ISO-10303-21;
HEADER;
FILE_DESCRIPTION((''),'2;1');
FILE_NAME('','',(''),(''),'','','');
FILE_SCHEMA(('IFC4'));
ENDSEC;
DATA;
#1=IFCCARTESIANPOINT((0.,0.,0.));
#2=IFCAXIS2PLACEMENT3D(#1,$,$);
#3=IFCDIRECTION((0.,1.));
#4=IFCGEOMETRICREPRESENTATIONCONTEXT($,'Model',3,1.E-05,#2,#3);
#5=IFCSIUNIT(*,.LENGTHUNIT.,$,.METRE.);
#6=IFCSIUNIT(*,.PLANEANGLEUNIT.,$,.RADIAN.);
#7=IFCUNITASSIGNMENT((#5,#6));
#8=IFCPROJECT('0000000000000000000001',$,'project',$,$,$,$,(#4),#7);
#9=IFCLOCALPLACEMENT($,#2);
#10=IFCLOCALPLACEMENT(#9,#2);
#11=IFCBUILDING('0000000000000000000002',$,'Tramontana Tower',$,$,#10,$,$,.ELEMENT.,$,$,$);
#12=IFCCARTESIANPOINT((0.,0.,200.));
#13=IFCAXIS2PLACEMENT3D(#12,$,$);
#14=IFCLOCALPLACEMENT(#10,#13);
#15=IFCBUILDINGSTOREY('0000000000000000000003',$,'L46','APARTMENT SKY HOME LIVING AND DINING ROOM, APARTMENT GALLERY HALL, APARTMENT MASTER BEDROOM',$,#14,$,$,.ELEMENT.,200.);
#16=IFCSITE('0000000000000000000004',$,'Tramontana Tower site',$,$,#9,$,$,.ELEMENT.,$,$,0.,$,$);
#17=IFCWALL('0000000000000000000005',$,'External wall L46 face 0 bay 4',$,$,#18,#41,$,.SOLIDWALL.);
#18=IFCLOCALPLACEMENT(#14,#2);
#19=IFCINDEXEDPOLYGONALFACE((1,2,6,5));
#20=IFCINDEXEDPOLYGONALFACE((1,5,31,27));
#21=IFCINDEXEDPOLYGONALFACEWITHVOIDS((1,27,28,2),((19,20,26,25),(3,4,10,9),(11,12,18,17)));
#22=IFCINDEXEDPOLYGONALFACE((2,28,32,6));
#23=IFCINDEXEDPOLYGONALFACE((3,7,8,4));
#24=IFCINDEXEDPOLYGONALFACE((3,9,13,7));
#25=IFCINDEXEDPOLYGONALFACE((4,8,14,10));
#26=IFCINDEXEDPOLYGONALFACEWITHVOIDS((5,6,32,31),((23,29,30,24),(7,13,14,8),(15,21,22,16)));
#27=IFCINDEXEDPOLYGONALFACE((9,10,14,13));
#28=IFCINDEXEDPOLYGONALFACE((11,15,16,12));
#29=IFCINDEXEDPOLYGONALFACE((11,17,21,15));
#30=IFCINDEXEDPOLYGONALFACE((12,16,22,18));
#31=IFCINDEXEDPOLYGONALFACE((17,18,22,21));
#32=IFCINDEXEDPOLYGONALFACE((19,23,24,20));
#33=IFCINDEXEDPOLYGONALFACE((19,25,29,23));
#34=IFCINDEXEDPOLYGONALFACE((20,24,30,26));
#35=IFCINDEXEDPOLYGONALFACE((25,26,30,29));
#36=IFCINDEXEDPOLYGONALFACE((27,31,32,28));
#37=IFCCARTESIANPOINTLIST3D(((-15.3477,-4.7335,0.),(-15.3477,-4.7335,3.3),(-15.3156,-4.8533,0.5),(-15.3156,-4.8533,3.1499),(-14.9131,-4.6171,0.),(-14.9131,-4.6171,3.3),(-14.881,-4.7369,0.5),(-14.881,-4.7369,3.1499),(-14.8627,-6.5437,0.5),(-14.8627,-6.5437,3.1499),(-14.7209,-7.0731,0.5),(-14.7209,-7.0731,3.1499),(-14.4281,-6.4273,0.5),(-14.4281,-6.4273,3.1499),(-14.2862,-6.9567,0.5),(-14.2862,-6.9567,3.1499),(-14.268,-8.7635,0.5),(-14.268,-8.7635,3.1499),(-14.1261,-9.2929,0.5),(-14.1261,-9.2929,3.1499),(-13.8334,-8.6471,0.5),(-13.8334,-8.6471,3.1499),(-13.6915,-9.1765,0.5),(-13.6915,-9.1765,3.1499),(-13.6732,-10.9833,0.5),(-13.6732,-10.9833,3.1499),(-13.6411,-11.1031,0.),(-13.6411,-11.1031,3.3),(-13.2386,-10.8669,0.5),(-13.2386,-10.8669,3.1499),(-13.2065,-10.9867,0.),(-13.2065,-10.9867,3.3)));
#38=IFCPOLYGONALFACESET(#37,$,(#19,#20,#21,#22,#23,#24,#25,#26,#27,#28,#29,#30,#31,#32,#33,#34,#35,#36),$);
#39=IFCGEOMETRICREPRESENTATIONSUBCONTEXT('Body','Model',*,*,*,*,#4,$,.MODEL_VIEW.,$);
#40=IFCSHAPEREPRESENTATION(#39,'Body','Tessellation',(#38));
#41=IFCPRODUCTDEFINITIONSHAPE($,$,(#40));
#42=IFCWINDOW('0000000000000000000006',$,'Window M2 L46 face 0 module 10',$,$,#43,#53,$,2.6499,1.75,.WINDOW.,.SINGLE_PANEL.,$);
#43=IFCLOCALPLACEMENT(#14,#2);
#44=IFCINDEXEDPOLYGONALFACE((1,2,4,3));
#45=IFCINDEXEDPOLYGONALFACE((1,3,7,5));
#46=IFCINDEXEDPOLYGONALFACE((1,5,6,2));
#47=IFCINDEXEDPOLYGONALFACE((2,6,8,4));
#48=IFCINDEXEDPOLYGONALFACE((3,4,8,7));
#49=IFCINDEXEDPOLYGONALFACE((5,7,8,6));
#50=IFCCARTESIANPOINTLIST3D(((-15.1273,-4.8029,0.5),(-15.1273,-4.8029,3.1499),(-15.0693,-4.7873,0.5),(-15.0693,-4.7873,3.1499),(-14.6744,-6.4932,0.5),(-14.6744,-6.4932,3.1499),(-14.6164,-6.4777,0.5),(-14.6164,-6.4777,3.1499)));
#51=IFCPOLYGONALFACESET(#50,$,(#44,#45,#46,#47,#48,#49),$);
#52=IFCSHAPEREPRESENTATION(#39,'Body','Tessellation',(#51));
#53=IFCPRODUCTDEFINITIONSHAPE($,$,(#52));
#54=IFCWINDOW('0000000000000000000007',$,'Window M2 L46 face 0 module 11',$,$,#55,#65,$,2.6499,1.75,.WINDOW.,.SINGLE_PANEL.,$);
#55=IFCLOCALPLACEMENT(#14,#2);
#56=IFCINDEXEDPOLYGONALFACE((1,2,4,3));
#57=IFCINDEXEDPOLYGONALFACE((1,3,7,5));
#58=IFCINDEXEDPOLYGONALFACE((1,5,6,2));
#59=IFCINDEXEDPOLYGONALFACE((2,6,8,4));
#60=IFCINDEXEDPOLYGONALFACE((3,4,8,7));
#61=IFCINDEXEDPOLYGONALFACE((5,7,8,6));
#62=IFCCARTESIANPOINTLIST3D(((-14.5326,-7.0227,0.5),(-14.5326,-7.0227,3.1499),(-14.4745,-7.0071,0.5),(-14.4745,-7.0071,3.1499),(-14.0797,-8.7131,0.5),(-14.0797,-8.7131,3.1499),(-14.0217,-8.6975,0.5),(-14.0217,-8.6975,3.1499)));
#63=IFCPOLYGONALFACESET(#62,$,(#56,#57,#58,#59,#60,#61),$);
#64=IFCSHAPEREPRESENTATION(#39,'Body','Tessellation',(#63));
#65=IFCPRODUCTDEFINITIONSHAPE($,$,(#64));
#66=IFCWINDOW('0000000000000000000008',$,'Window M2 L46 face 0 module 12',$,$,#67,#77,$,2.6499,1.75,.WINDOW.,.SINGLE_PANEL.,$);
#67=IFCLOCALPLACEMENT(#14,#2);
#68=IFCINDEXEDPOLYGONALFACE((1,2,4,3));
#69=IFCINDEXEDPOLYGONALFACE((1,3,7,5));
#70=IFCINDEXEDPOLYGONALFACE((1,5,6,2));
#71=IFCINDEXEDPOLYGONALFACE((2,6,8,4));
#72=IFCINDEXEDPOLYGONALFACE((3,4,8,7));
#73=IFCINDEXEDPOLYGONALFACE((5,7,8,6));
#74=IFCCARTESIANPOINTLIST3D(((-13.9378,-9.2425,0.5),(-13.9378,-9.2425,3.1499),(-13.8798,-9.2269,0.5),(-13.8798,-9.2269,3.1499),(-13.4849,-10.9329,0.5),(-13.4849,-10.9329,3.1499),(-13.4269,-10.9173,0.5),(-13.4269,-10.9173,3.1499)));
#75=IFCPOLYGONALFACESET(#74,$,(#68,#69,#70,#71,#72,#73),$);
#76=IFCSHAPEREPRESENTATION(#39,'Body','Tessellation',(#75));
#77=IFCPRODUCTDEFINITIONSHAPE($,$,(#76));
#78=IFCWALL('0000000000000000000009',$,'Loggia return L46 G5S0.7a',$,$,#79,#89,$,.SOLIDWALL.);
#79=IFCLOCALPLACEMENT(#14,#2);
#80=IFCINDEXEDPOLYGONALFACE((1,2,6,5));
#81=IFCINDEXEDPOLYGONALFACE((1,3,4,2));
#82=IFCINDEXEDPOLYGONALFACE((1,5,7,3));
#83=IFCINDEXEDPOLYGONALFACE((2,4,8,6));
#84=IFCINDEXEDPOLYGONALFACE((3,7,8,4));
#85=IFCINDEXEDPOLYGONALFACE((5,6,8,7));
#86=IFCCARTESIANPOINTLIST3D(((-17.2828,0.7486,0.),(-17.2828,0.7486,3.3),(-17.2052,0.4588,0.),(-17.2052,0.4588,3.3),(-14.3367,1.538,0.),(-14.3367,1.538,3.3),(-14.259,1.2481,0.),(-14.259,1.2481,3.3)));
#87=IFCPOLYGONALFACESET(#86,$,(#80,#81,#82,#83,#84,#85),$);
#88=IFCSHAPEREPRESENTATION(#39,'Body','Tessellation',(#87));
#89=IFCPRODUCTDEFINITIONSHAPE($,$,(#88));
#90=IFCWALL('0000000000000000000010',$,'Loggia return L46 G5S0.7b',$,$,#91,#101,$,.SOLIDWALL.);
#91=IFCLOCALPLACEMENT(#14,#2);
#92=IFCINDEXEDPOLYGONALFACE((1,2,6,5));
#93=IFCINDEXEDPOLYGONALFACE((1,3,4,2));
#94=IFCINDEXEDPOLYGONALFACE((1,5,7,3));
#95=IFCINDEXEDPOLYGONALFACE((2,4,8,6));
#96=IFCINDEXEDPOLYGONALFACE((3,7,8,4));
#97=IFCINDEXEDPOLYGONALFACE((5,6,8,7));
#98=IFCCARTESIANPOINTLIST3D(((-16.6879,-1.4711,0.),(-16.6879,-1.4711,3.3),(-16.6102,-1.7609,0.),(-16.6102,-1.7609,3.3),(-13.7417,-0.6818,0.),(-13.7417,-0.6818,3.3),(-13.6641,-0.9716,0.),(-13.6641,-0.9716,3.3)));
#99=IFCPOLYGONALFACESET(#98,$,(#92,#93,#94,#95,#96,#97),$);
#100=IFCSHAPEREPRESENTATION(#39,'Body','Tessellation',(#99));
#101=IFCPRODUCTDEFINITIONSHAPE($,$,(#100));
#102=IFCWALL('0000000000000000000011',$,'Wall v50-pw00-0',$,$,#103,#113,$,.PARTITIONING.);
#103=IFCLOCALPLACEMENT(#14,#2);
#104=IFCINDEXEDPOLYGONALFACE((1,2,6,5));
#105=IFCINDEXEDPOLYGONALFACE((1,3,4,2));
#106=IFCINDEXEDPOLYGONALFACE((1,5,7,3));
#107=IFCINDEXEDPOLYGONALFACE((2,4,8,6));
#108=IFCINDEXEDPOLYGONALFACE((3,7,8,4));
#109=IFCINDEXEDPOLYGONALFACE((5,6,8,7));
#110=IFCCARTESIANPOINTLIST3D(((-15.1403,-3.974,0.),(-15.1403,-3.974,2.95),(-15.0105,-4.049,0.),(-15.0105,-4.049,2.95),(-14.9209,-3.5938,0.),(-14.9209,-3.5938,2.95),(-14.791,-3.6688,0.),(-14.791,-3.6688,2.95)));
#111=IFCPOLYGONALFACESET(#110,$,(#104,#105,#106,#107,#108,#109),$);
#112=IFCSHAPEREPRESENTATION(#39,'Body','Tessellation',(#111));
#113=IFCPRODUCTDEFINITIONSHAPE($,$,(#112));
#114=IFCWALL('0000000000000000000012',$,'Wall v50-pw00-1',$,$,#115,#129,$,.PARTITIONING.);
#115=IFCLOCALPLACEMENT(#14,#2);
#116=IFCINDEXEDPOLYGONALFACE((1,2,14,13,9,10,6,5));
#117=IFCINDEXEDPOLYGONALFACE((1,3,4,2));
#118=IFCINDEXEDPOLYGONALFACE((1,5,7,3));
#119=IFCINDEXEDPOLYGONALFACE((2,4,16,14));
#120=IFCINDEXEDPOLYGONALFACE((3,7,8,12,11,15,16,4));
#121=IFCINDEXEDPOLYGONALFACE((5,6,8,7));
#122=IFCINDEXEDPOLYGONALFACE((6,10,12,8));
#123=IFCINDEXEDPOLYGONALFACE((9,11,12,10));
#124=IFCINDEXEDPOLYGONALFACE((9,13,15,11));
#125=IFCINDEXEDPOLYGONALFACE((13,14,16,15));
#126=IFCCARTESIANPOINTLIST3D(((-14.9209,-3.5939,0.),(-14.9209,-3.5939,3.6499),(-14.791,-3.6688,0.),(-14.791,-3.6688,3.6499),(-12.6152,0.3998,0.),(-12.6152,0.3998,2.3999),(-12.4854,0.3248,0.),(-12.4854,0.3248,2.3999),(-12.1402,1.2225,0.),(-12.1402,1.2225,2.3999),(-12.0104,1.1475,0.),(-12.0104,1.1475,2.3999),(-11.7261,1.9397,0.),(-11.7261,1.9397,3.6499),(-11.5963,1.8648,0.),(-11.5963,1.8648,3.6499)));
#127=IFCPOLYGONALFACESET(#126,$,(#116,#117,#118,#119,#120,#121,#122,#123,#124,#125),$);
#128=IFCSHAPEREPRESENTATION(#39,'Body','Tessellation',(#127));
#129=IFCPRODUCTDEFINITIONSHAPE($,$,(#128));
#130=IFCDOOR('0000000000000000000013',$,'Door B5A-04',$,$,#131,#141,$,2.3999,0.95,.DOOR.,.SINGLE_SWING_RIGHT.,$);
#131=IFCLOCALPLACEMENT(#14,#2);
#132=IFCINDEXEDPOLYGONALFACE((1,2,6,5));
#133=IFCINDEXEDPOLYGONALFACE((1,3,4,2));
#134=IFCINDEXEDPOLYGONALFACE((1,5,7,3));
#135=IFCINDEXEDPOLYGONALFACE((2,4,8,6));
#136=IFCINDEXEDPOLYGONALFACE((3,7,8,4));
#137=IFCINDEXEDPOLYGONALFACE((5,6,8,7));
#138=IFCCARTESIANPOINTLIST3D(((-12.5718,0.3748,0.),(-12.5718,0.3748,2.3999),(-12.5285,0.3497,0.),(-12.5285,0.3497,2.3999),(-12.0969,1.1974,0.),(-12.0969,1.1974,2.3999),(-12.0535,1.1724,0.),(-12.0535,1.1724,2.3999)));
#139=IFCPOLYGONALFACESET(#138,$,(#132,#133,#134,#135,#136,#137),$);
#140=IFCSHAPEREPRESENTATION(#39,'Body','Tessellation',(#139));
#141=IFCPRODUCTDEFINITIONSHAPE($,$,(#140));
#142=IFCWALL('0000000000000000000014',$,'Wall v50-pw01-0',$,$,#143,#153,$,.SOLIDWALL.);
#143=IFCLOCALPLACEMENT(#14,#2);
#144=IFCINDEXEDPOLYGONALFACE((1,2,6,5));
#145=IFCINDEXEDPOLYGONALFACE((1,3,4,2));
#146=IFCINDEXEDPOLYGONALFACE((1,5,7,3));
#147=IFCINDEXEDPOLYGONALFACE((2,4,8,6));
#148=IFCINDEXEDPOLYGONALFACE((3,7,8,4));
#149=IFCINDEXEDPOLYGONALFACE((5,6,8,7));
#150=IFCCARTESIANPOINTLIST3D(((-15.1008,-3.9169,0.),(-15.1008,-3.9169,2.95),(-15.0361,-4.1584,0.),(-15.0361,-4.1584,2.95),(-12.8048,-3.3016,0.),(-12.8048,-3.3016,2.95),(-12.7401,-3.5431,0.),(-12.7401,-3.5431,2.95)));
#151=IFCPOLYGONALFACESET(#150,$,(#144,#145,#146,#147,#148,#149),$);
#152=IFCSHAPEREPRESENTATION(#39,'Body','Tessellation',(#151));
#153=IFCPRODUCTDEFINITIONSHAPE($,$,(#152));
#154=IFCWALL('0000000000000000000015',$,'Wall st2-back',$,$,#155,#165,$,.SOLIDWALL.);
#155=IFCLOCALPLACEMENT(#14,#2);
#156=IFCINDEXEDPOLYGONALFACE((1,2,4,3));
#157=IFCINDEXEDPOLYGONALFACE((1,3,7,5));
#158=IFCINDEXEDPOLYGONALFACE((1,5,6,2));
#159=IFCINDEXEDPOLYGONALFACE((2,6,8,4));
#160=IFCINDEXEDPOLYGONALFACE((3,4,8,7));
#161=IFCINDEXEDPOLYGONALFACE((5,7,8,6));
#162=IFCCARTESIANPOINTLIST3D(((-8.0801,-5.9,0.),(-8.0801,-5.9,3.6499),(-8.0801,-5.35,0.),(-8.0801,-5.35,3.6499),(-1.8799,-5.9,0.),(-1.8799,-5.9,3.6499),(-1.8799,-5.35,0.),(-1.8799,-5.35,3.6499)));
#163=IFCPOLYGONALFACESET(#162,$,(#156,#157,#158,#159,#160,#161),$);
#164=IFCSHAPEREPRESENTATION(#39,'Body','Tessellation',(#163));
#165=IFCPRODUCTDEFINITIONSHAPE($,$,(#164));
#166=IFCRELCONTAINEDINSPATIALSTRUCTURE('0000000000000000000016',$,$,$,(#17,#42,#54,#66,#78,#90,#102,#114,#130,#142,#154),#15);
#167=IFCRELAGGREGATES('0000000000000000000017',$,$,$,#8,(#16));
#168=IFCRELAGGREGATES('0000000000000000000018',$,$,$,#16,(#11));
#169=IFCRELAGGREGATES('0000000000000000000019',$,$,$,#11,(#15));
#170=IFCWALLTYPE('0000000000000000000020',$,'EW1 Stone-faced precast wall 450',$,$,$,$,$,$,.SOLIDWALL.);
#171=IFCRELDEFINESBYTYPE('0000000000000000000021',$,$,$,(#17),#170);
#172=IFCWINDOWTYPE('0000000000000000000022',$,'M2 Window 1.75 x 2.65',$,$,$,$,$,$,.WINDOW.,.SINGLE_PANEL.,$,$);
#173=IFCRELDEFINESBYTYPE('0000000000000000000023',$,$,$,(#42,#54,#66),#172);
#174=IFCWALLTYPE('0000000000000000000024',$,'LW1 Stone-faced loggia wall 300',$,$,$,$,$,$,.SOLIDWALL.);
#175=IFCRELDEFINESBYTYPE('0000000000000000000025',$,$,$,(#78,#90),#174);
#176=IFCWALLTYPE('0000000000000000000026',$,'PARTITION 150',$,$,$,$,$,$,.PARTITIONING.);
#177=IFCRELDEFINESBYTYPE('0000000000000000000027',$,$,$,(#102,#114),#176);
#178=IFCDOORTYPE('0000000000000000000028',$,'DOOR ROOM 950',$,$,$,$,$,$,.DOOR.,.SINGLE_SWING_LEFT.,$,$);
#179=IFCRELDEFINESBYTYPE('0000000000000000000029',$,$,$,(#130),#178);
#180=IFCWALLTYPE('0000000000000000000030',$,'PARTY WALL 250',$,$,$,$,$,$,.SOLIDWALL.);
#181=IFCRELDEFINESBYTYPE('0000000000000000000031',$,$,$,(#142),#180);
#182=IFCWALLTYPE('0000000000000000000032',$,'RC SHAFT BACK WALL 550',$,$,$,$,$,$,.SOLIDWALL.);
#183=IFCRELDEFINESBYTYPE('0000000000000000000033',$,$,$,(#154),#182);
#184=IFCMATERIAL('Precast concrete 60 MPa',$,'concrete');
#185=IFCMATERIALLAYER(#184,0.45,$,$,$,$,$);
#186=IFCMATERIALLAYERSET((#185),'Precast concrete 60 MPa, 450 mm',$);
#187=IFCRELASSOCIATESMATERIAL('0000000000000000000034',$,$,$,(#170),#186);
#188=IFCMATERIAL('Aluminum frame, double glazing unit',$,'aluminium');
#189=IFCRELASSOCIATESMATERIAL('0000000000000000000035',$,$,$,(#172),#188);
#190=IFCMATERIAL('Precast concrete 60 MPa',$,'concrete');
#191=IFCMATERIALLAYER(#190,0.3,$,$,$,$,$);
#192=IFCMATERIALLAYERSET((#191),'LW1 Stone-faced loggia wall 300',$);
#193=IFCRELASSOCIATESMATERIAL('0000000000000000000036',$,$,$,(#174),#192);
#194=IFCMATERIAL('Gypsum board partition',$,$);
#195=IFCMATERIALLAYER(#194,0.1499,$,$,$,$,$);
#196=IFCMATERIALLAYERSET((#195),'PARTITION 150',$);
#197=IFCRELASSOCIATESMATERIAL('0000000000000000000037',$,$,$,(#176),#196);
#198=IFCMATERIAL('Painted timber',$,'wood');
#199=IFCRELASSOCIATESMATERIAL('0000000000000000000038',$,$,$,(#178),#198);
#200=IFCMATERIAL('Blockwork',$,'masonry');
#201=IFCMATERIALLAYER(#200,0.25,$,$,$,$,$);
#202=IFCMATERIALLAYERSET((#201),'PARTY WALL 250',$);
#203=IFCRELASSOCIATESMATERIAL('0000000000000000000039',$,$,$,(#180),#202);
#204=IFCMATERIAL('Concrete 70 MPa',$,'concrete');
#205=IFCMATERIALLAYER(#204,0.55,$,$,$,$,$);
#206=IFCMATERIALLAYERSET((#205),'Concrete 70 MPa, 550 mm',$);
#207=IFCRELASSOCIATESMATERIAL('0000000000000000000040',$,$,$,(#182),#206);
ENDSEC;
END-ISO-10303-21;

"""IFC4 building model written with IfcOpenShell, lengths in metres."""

from ifc_helpers import new_model, si_unit, direction, frame, frame_2d, origin, place, context, subcontext, project, spatial, rectangle, extrude, material, layer, layer_set, type_object, element, fill, save


model = new_model("IFC4")

# Units and contexts
model_context = context("Model", 3, precision=1e-05, world=origin(), true_north=direction((0.0, 1.0)))
body_context = subcontext(model_context, "Body", "Model", "MODEL_VIEW")
ifc_project = project(units=[si_unit("LENGTHUNIT", "METRE"), si_unit("PLANEANGLEUNIT", "RADIAN")], contexts=[model_context])

# Site, building, storey
site_placement = place(None, origin())
site = spatial("IfcSite", under=ifc_project, at=site_placement, Name="Tramontana Tower site", CompositionType="ELEMENT", RefElevation=0.0)
building_placement = place(site_placement, origin())
building = spatial("IfcBuilding", under=site, at=building_placement, Name="Tramontana Tower", CompositionType="ELEMENT")
storey_placement = place(building_placement, frame((0.0, 0.0, 200.0)))
storey = spatial("IfcBuildingStorey", under=building, at=storey_placement, Name="L46", Description="APARTMENT SKY HOME LIVING AND DINING ROOM, APARTMENT GALLERY HALL, APARTMENT MASTER BEDROOM", CompositionType="ELEMENT", Elevation=200.0)

# Shared definitions
ifc_material_1 = material(Name="Precast concrete 60 MPa", Category="concrete")
ifc_layer_1 = layer(ifc_material_1, 0.45)
ifc_layer_set_1 = layer_set([ifc_layer_1], Name="Precast concrete 60 MPa, 450 mm")
wall_type_1 = type_object("IfcWallType", Name="EW1 Stone-faced precast wall 450", PredefinedType="SOLIDWALL", material=ifc_layer_set_1)
ifc_material_2 = material(Name="Aluminum frame, double glazing unit", Category="aluminium")
window_type = type_object("IfcWindowType", Name="M2 Window 1.75 x 2.65", PartitioningType="SINGLE_PANEL", PredefinedType="WINDOW", material=ifc_material_2)

# Wall, openings, windows
wall_1_placement = place(storey_placement, frame((-15.1304, -4.6753, 0.0), z_axis=(0.0, 0.0, 1.0), x_axis=(0.258792, -0.965933, 0.0)))
wall_1 = element("IfcWall", 1, at=wall_1_placement, inside=storey, type_object=wall_type_1, Name="External wall L46 face 0 bay 4", PredefinedType="SOLIDWALL", context=body_context, shape_type="SweptSolid", body=[
    extrude(rectangle(XDim=6.5942, YDim=0.45, at=frame_2d((3.2971, 0.0))), origin(), (0.0, 0.0, 1.0), 3.3),
])
opening_1_placement = place(wall_1_placement, frame((0.124, 0.0, 0.5)))
opening_1 = element("IfcOpeningElement", 2, at=opening_1_placement, cuts=wall_1, PredefinedType="OPENING", context=body_context, shape_type="SweptSolid", body=[
    extrude(rectangle(XDim=1.75, YDim=2.6499, at=frame_2d((0.875, 1.325))), frame((0.0, 0.2349, 0.0), z_axis=(0.0, -1.0, 0.0), x_axis=(1.0, 0.0, 0.0)), (0.0, 0.0, 1.0), 0.47),
])
opening_2_placement = place(wall_1_placement, frame((2.4221, 0.0, 0.5)))
opening_2 = element("IfcOpeningElement", 3, at=opening_2_placement, cuts=wall_1, PredefinedType="OPENING", context=body_context, shape_type="SweptSolid", body=[
    extrude(rectangle(XDim=1.75, YDim=2.6499, at=frame_2d((0.875, 1.325))), frame((0.0, 0.2349, 0.0), z_axis=(0.0, -1.0, 0.0), x_axis=(1.0, 0.0, 0.0)), (0.0, 0.0, 1.0), 0.47),
])
opening_3_placement = place(wall_1_placement, frame((4.7202, 0.0, 0.5)))
opening_3 = element("IfcOpeningElement", 4, at=opening_3_placement, cuts=wall_1, PredefinedType="OPENING", context=body_context, shape_type="SweptSolid", body=[
    extrude(rectangle(XDim=1.75, YDim=2.6499, at=frame_2d((0.875, 1.325))), frame((0.0, 0.2349, 0.0), z_axis=(0.0, -1.0, 0.0), x_axis=(1.0, 0.0, 0.0)), (0.0, 0.0, 1.0), 0.47),
])
window_1_placement = place(opening_1_placement, origin())
window_1 = element("IfcWindow", 5, at=window_1_placement, inside=storey, type_object=window_type, Name="Window M2 L46 face 0 module 10", OverallHeight=2.6499, OverallWidth=1.75, PartitioningType="SINGLE_PANEL", PredefinedType="WINDOW", context=body_context, shape_type="SweptSolid", body=[
    extrude(rectangle(XDim=1.75, YDim=2.6499, at=frame_2d((0.875, 1.325))), frame((0.0, 0.03, 0.0), z_axis=(0.0, -1.0, 0.0), x_axis=(1.0, 0.0, 0.0)), (0.0, 0.0, 1.0), 0.0601),
])
fill(opening_1, window_1)
window_2_placement = place(opening_2_placement, origin())
window_2 = element("IfcWindow", 6, at=window_2_placement, inside=storey, type_object=window_type, Name="Window M2 L46 face 0 module 11", OverallHeight=2.6499, OverallWidth=1.75, PartitioningType="SINGLE_PANEL", PredefinedType="WINDOW", context=body_context, shape_type="SweptSolid", body=[
    extrude(rectangle(XDim=1.75, YDim=2.6499, at=frame_2d((0.875, 1.325))), frame((0.0, 0.03, 0.0), z_axis=(0.0, -1.0, 0.0), x_axis=(1.0, 0.0, 0.0)), (0.0, 0.0, 1.0), 0.0601),
])
fill(opening_2, window_2)
window_3_placement = place(opening_3_placement, origin())
window_3 = element("IfcWindow", 7, at=window_3_placement, inside=storey, type_object=window_type, Name="Window M2 L46 face 0 module 12", OverallHeight=2.6499, OverallWidth=1.75, PartitioningType="SINGLE_PANEL", PredefinedType="WINDOW", context=body_context, shape_type="SweptSolid", body=[
    extrude(rectangle(XDim=1.75, YDim=2.6499, at=frame_2d((0.875, 1.325))), frame((0.0, 0.03, 0.0), z_axis=(0.0, -1.0, 0.0), x_axis=(1.0, 0.0, 0.0)), (0.0, 0.0, 1.0), 0.0601),
])
fill(opening_3, window_3)

# Walls
ifc_material_3 = material(Name="Precast concrete 60 MPa", Category="concrete")
ifc_layer_2 = layer(ifc_material_3, 0.3)
ifc_layer_set_2 = layer_set([ifc_layer_2], Name="LW1 Stone-faced loggia wall 300")
wall_type_2 = type_object("IfcWallType", Name="LW1 Stone-faced loggia wall 300", PredefinedType="SOLIDWALL", material=ifc_layer_set_2)
for number, where, z_axis, x_axis, name in (
    (8, (-17.2439, 0.6038, 0.0), (0.0, 0.0, 1.0), (0.965933, 0.258793, 0.0), "Loggia return L46 G5S0.7a"),
    (9, (-16.6489, -1.616, 0.0), (0.0, 0.0, 1.0), (0.965933, 0.258793, 0.0), "Loggia return L46 G5S0.7b"),
):
    element("IfcWall", number, at=place(storey_placement, frame(where, z_axis=z_axis, x_axis=x_axis)), inside=storey, type_object=wall_type_2, Name=name, PredefinedType="SOLIDWALL", context=body_context, shape_type="SweptSolid", body=[
        extrude(rectangle(XDim=3.05, YDim=0.3, at=frame_2d((1.5249, 0.0))), origin(), (0.0, 0.0, 1.0), 3.3),
    ])
ifc_material_4 = material(Name="Gypsum board partition")
ifc_layer_3 = layer(ifc_material_4, 0.1499)
ifc_layer_set_3 = layer_set([ifc_layer_3], Name="PARTITION 150")
wall_type_3 = type_object("IfcWallType", Name="PARTITION 150", PredefinedType="PARTITIONING", material=ifc_layer_set_3)
wall_2_placement = place(storey_placement, frame((-15.0754, -4.0115, 0.0), z_axis=(0.0, 0.0, 1.0), x_axis=(0.500027, 0.86601, 0.0)))
element("IfcWall", 10, at=wall_2_placement, inside=storey, type_object=wall_type_3, Name="Wall v50-pw00-0", PredefinedType="PARTITIONING", context=body_context, shape_type="SweptSolid", body=[
    extrude(rectangle(XDim=0.439, YDim=0.1499, at=frame_2d((0.2195, 0.0))), origin(), (0.0, 0.0, 1.0), 2.95),
])

# Wall, opening, door
wall_3_placement = place(storey_placement, frame((-14.856, -3.6313, 0.0), z_axis=(0.0, 0.0, 1.0), x_axis=(0.499994, 0.866029, 0.0)))
wall_3 = element("IfcWall", 11, at=wall_3_placement, inside=storey, type_object=wall_type_3, Name="Wall v50-pw00-1", PredefinedType="PARTITIONING", context=body_context, shape_type="SweptSolid", body=[
    extrude(rectangle(XDim=6.3896, YDim=0.1499, at=frame_2d((3.1948, 0.0))), origin(), (0.0, 0.0, 1.0), 3.6499),
])
opening_4_placement = place(wall_3_placement, frame((4.6113, 0.0, 0.0)))
opening_4 = element("IfcOpeningElement", 12, at=opening_4_placement, cuts=wall_3, PredefinedType="OPENING", context=body_context, shape_type="SweptSolid", body=[
    extrude(rectangle(XDim=0.95, YDim=2.3999, at=frame_2d((0.4751, 1.2))), frame((0.0, 0.085, 0.0), z_axis=(0.0, -1.0, 0.0), x_axis=(1.0, 0.0, 0.0)), (0.0, 0.0, 1.0), 0.1699),
])
ifc_material_5 = material(Name="Painted timber", Category="wood")
door_type_1 = type_object("IfcDoorType", Name="DOOR ROOM 950", OperationType="SINGLE_SWING_LEFT", PredefinedType="DOOR", material=ifc_material_5)
door_1_placement = place(opening_4_placement, origin())
door_1 = element("IfcDoor", 13, at=door_1_placement, inside=storey, type_object=door_type_1, Name="Door B5A-04", OperationType="SINGLE_SWING_RIGHT", OverallHeight=2.3999, OverallWidth=0.95, PredefinedType="DOOR", context=body_context, shape_type="SweptSolid", body=[
    extrude(rectangle(XDim=0.95, YDim=2.3999, at=frame_2d((0.4751, 1.2))), frame((0.0, 0.0249, 0.0), z_axis=(0.0, -1.0, 0.0), x_axis=(1.0, 0.0, 0.0)), (0.0, 0.0, 1.0), 0.05),
])
fill(opening_4, door_1)

# Walls
ifc_material_6 = material(Name="Blockwork", Category="masonry")
ifc_layer_4 = layer(ifc_material_6, 0.25)
ifc_layer_set_4 = layer_set([ifc_layer_4], Name="PARTY WALL 250")
wall_type_4 = type_object("IfcWallType", Name="PARTY WALL 250", PredefinedType="SOLIDWALL", material=ifc_layer_set_4)
wall_4_placement = place(storey_placement, frame((-12.7725, -3.4224, 0.0), z_axis=(0.0, 0.0, 1.0), x_axis=(-0.965921, -0.258839, 0.0)))
element("IfcWall", 14, at=wall_4_placement, inside=storey, type_object=wall_type_4, Name="Wall v50-pw01-0", PredefinedType="SOLIDWALL", context=body_context, shape_type="SweptSolid", body=[
    extrude(rectangle(XDim=2.377, YDim=0.25, at=frame_2d((1.1885, 0.0))), origin(), (0.0, 0.0, 1.0), 2.95),
])
ifc_material_7 = material(Name="Concrete 70 MPa", Category="concrete")
ifc_layer_5 = layer(ifc_material_7, 0.55)
ifc_layer_set_5 = layer_set([ifc_layer_5], Name="Concrete 70 MPa, 550 mm")
wall_type_5 = type_object("IfcWallType", Name="RC SHAFT BACK WALL 550", PredefinedType="SOLIDWALL", material=ifc_layer_set_5)
wall_5_placement = place(storey_placement, frame((-8.0801, -5.625, 0.0), z_axis=(0.0, 0.0, 1.0), x_axis=(1.0, 0.0, 0.0)))
element("IfcWall", 15, at=wall_5_placement, inside=storey, type_object=wall_type_5, Name="Wall st2-back", PredefinedType="SOLIDWALL", context=body_context, shape_type="SweptSolid", body=[
    extrude(rectangle(XDim=6.2002, YDim=0.55, at=frame_2d((3.1001, 0.0))), origin(), (0.0, 0.0, 1.0), 3.6499),
])

save(model, "model.ifc")
